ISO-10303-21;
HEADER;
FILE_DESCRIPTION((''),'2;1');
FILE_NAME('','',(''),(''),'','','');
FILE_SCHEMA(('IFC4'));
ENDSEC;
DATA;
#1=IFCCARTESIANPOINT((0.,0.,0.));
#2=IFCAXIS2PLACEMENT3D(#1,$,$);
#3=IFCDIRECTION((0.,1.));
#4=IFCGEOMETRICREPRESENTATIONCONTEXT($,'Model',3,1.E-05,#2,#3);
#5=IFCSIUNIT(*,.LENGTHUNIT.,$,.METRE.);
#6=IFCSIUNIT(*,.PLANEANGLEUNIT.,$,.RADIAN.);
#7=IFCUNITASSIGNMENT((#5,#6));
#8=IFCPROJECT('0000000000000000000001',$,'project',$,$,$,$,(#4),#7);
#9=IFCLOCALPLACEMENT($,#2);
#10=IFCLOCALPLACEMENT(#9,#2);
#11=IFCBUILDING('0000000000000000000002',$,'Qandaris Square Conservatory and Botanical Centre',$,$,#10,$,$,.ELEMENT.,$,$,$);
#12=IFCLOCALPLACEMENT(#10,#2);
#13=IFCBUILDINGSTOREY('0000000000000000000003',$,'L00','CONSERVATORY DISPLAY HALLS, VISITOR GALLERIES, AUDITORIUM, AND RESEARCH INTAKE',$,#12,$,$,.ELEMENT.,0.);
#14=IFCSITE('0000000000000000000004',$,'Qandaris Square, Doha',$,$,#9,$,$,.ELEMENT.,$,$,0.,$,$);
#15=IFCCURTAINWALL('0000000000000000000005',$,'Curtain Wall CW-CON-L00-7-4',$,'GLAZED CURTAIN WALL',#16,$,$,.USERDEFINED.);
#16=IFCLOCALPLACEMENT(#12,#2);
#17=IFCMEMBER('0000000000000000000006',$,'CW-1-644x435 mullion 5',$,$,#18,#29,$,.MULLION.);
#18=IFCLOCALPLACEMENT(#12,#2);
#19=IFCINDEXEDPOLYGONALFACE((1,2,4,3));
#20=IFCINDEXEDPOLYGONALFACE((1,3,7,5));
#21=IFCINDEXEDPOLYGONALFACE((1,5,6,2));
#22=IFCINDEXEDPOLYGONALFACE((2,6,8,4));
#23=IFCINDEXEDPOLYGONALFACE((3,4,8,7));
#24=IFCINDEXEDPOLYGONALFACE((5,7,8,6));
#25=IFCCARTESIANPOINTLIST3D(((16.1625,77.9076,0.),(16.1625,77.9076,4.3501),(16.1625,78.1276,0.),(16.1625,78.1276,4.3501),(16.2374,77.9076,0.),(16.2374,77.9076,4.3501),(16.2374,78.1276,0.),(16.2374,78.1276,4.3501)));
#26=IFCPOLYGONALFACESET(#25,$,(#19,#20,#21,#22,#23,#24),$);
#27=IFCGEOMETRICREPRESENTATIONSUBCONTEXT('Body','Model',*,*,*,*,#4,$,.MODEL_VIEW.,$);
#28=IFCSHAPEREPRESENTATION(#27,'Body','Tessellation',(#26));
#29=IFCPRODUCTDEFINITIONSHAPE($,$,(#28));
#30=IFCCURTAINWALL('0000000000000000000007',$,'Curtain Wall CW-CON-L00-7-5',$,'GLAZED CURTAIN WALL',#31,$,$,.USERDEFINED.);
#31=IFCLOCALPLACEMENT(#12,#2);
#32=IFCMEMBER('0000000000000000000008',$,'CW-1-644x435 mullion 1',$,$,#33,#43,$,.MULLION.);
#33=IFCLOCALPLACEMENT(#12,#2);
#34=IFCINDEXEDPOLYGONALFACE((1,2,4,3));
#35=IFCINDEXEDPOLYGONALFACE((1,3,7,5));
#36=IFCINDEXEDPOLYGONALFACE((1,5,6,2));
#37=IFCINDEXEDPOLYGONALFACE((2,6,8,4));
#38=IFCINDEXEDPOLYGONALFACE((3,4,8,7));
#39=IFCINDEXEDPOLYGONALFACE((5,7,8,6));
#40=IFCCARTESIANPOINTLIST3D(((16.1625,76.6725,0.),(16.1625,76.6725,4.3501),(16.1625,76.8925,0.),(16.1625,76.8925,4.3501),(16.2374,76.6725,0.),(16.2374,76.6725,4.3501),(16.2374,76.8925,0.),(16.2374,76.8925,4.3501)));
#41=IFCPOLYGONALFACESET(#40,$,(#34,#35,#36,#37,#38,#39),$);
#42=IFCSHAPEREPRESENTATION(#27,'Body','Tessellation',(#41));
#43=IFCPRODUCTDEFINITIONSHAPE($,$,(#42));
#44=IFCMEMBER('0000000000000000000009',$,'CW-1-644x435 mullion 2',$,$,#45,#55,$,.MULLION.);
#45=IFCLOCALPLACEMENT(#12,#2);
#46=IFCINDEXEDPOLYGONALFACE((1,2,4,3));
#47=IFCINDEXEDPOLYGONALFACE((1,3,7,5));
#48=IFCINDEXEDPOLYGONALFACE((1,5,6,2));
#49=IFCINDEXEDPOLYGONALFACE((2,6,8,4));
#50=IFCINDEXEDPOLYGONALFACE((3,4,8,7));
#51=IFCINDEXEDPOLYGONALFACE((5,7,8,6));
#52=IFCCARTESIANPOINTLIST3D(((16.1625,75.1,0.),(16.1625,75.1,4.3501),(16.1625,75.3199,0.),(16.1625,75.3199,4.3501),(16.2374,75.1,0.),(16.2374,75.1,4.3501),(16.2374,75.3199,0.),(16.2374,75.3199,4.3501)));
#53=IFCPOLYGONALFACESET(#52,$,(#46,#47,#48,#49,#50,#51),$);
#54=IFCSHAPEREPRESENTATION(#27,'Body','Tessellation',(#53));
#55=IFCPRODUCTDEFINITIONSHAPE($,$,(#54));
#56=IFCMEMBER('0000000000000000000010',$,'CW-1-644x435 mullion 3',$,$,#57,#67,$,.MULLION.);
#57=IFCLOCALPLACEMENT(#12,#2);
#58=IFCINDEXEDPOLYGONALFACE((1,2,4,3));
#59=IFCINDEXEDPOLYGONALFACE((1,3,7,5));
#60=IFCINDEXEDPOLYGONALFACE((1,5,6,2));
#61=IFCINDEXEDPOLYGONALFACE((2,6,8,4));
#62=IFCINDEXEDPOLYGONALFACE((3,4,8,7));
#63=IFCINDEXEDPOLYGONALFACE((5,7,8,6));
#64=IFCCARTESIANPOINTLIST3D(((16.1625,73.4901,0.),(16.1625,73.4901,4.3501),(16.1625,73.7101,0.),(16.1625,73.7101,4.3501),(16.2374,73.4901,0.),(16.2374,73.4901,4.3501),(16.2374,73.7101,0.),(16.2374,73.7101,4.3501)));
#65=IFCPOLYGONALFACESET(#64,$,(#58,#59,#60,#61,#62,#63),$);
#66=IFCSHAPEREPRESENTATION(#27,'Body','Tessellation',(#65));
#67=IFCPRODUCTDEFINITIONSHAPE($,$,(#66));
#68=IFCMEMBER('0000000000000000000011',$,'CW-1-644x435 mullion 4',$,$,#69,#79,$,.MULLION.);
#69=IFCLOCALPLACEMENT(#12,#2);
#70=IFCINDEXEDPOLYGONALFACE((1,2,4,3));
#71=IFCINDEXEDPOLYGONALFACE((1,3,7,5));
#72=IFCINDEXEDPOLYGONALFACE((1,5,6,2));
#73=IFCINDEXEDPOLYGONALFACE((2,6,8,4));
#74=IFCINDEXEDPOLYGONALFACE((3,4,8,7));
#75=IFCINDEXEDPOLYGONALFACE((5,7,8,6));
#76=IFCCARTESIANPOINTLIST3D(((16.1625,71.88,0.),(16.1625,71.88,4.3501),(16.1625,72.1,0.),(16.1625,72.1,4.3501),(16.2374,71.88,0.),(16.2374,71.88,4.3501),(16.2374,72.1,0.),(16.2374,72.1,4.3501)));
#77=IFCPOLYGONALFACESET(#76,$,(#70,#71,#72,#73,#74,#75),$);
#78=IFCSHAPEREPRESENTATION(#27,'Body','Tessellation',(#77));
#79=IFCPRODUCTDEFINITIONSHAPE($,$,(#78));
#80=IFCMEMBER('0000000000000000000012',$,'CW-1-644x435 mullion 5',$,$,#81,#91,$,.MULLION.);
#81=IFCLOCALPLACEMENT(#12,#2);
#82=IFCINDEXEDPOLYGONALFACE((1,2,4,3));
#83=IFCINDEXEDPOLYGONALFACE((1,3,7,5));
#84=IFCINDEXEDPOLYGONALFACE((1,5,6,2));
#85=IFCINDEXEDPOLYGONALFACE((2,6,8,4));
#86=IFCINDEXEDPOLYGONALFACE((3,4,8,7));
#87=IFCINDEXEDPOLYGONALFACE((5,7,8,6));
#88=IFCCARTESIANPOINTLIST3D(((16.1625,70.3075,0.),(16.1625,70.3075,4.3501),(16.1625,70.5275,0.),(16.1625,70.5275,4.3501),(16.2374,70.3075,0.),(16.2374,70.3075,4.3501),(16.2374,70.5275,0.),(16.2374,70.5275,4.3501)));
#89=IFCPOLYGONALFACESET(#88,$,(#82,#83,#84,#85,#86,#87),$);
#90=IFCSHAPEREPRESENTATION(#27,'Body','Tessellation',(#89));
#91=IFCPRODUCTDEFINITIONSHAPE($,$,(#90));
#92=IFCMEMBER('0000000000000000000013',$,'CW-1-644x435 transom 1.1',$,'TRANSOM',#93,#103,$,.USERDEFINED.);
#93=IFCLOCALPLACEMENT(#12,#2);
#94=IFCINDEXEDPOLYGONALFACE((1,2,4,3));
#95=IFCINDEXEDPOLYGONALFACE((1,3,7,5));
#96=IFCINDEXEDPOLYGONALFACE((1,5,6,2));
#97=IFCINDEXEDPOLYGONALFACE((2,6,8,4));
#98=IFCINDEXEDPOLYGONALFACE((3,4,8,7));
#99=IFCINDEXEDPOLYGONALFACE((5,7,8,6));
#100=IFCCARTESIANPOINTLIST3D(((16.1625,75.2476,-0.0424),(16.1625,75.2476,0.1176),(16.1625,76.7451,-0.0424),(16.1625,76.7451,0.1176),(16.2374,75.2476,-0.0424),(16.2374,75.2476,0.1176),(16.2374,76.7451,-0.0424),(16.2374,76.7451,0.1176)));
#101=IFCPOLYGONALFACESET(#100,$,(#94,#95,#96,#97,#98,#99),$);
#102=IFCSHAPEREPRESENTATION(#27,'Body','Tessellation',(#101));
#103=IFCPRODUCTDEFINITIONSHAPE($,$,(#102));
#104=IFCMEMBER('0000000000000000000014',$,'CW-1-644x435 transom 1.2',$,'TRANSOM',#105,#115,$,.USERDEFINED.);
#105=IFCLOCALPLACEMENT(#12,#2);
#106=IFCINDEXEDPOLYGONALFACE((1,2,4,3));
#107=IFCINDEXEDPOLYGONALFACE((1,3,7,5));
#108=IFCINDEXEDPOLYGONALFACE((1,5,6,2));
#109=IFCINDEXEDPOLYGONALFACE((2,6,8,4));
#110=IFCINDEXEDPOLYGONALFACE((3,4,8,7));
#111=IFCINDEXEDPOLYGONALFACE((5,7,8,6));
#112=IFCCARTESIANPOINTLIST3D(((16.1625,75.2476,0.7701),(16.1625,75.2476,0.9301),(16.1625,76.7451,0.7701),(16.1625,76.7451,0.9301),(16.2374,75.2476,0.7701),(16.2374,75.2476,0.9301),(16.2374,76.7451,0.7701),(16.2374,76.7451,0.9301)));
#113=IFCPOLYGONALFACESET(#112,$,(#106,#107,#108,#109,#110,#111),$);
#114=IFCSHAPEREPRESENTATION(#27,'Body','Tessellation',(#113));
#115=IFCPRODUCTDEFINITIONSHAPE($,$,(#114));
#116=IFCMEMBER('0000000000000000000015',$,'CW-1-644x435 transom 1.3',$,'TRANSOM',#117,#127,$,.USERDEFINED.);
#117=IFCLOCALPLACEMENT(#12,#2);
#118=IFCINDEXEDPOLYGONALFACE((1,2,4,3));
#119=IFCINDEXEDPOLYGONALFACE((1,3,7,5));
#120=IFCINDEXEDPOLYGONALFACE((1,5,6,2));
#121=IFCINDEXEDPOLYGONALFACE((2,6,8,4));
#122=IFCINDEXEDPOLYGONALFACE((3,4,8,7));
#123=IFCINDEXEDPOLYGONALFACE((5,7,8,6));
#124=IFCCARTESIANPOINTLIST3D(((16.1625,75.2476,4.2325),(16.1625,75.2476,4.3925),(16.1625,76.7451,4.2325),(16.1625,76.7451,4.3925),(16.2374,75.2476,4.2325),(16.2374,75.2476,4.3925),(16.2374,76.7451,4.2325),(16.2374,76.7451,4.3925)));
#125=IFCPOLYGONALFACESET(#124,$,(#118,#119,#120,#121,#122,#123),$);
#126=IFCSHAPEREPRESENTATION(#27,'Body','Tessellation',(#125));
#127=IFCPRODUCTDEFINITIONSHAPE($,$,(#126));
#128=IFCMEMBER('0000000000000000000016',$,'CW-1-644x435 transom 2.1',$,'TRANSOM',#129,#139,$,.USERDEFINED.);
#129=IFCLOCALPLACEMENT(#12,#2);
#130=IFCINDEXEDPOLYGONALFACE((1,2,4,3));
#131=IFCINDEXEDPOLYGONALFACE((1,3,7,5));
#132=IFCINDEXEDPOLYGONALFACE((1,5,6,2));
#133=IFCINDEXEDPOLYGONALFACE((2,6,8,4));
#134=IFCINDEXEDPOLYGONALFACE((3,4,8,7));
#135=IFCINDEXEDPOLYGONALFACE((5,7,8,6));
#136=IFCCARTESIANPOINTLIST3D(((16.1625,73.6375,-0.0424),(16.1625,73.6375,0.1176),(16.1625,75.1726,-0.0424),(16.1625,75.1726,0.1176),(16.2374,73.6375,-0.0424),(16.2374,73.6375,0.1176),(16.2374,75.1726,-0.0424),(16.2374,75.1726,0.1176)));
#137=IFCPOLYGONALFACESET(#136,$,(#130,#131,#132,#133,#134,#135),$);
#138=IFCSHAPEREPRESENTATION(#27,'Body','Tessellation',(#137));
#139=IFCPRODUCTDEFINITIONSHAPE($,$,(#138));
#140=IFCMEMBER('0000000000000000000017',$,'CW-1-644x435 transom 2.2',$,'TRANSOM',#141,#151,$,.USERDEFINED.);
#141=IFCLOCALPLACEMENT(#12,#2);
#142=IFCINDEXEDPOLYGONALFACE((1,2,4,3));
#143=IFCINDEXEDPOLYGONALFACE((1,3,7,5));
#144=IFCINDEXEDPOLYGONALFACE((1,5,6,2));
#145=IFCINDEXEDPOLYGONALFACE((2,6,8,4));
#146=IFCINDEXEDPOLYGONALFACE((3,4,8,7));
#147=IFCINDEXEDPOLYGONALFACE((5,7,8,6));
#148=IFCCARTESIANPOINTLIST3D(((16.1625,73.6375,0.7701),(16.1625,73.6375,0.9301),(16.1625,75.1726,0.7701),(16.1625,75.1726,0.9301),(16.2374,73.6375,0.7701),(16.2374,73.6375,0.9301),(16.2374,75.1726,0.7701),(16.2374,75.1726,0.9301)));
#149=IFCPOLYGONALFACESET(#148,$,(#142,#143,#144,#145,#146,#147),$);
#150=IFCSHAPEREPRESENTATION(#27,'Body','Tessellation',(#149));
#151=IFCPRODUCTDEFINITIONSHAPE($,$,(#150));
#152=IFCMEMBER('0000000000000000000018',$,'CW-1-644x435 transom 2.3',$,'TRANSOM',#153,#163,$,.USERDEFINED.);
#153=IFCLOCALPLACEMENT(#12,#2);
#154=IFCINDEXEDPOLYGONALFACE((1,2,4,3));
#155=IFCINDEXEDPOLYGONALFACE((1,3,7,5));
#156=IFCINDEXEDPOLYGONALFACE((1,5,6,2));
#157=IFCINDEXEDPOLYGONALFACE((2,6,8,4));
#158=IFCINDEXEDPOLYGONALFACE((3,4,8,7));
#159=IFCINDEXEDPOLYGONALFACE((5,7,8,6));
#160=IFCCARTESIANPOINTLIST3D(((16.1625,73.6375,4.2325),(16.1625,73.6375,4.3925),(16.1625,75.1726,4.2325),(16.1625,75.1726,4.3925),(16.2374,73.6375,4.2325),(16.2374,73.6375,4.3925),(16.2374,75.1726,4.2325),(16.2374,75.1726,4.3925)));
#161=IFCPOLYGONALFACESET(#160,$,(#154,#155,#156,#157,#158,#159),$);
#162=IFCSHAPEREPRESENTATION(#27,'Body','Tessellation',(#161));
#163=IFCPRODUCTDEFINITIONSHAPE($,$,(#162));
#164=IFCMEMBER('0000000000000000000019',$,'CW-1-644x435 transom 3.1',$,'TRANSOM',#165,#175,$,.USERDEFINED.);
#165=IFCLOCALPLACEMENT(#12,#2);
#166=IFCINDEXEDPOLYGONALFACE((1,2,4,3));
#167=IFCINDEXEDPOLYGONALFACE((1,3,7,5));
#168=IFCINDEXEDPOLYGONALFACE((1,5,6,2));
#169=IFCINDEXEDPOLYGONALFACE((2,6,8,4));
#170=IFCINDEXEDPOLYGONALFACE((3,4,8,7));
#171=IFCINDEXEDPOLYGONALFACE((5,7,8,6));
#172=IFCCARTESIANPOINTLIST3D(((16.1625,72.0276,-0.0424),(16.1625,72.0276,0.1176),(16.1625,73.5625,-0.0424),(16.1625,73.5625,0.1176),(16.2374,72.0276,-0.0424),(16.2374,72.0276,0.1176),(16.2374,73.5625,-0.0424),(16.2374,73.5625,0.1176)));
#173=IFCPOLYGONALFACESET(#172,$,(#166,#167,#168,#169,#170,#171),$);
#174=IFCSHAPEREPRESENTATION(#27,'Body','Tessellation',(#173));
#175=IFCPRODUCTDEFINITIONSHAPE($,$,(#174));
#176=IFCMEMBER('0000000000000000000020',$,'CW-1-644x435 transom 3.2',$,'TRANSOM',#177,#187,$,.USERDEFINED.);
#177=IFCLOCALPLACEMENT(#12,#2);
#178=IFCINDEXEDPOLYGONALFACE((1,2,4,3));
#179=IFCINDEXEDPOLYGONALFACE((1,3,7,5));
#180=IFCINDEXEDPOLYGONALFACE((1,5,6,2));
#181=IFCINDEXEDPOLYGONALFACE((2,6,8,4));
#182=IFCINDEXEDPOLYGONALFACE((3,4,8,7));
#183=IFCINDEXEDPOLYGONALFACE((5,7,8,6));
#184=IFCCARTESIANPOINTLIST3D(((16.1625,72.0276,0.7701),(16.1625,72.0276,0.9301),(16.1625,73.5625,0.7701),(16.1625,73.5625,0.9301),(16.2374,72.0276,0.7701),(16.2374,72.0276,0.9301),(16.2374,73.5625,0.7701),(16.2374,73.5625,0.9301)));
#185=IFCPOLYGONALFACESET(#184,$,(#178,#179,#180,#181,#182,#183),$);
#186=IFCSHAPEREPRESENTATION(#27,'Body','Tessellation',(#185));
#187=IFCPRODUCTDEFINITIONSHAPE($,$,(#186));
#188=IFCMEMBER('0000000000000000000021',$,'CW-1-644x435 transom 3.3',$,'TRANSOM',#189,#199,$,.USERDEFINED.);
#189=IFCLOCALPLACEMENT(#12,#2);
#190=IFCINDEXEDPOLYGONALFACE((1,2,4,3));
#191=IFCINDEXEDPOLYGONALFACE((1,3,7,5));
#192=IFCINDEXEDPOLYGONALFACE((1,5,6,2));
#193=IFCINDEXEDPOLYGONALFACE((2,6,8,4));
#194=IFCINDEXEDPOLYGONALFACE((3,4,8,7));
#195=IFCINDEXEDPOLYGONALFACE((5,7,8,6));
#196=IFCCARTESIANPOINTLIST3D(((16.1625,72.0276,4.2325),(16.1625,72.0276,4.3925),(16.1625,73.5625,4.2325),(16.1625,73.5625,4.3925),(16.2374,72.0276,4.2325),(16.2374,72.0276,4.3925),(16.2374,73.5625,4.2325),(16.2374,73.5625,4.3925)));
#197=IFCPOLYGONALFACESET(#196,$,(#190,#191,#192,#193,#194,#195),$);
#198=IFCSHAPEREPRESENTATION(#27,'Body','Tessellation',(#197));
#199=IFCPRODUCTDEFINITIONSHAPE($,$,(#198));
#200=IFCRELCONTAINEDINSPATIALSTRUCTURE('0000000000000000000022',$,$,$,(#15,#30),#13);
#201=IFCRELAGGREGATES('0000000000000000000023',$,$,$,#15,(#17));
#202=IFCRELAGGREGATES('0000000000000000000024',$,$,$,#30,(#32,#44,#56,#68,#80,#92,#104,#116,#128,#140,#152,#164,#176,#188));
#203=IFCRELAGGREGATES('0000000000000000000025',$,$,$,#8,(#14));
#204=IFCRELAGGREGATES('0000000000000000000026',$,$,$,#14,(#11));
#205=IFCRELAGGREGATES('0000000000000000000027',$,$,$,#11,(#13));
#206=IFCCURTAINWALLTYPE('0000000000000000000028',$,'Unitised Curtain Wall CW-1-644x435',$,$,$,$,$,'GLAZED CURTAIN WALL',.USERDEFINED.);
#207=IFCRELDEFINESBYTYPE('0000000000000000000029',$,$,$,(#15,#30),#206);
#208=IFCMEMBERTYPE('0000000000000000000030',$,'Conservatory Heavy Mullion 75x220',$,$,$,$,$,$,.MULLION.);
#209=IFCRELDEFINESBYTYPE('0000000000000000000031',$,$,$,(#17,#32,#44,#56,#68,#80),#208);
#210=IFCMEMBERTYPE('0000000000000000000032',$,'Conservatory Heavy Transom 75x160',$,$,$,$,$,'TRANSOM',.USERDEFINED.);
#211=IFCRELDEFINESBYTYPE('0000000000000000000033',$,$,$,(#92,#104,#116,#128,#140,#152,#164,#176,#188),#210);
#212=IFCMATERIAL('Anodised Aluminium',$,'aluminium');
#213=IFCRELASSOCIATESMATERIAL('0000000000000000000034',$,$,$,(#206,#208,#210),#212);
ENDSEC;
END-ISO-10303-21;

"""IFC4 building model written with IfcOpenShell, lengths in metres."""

from ifc_helpers import new_model, si_unit, direction, frame, origin, origin_2d, place, context, subcontext, project, spatial, rectangle, extrude, material, material_profile, profile_set, type_object, element, aggregate, save


model = new_model("IFC4")

# Units and contexts
model_context = context("Model", 3, precision=1e-05, world=origin(), true_north=direction((0.0, 1.0)))
body_context = subcontext(model_context, "Body", "Model", "MODEL_VIEW")
ifc_project = project(units=[si_unit("LENGTHUNIT", "METRE"), si_unit("PLANEANGLEUNIT", "RADIAN")], contexts=[model_context])

# Site, building, storey
site_placement = place(None, origin())
site = spatial("IfcSite", under=ifc_project, at=site_placement, Name="Qandaris Square, Doha", CompositionType="ELEMENT", RefElevation=0.0)
building_placement = place(site_placement, origin())
building = spatial("IfcBuilding", under=site, at=building_placement, Name="Qandaris Square Conservatory and Botanical Centre", CompositionType="ELEMENT")
storey_placement = place(building_placement, origin())
storey = spatial("IfcBuildingStorey", under=building, at=storey_placement, Name="L00", Description="CONSERVATORY DISPLAY HALLS, VISITOR GALLERIES, AUDITORIUM, AND RESEARCH INTAKE", CompositionType="ELEMENT", Elevation=0.0)

# Curtain wall, member
ifc_material_1 = material(Name="Anodised Aluminium", Category="aluminium")
curtain_wall_type = type_object("IfcCurtainWallType", Name="Unitised Curtain Wall CW-1-644x435", ElementType="GLAZED CURTAIN WALL", PredefinedType="USERDEFINED", material=ifc_material_1)
curtain_wall_1_placement = place(storey_placement, origin())
curtain_wall_1 = element("IfcCurtainWall", 1, at=curtain_wall_1_placement, inside=storey, type_object=curtain_wall_type, Name="Curtain Wall CW-CON-L00-7-4", ObjectType="GLAZED CURTAIN WALL", PredefinedType="USERDEFINED")
ifc_material_profile_1 = material_profile(ifc_material_1, rectangle(XDim=0.075, YDim=0.22, at=origin_2d()), Name="ALU-MUL 75x220")
ifc_profile_set_1 = profile_set([ifc_material_profile_1], Name="Anodised Aluminium")
member_type_1 = type_object("IfcMemberType", Name="Conservatory Heavy Mullion 75x220", PredefinedType="MULLION", material=ifc_profile_set_1)
member_1_placement = place(storey_placement, frame((16.2, 78.0176, 0.0), z_axis=(0.0, 0.0, 1.0), x_axis=(1.0, 0.0, 0.0)))
member_1 = element("IfcMember", 2, at=member_1_placement, type_object=member_type_1, Name="CW-1-644x435 mullion 5", PredefinedType="MULLION", context=body_context, shape_type="SweptSolid", body=[
    extrude(rectangle(XDim=0.075, YDim=0.22, at=origin_2d()), origin(), (0.0, 0.0, 1.0), 4.3501),
])
aggregate(curtain_wall_1, [member_1])

# Curtain wall, members
curtain_wall_2_placement = place(storey_placement, origin())
curtain_wall_2 = element("IfcCurtainWall", 3, at=curtain_wall_2_placement, inside=storey, type_object=curtain_wall_type, Name="Curtain Wall CW-CON-L00-7-5", ObjectType="GLAZED CURTAIN WALL", PredefinedType="USERDEFINED")
member_2_placement = place(storey_placement, frame((16.2, 76.7825, 0.0), z_axis=(0.0, 0.0, 1.0), x_axis=(1.0, 0.0, 0.0)))
member_2 = element("IfcMember", 4, at=member_2_placement, type_object=member_type_1, Name="CW-1-644x435 mullion 1", PredefinedType="MULLION", context=body_context, shape_type="SweptSolid", body=[
    extrude(rectangle(XDim=0.075, YDim=0.22, at=origin_2d()), origin(), (0.0, 0.0, 1.0), 4.3501),
])
member_3_placement = place(storey_placement, frame((16.2, 75.21, 0.0), z_axis=(0.0, 0.0, 1.0), x_axis=(1.0, 0.0, 0.0)))
member_3 = element("IfcMember", 5, at=member_3_placement, type_object=member_type_1, Name="CW-1-644x435 mullion 2", PredefinedType="MULLION", context=body_context, shape_type="SweptSolid", body=[
    extrude(rectangle(XDim=0.075, YDim=0.22, at=origin_2d()), origin(), (0.0, 0.0, 1.0), 4.3501),
])
member_4_placement = place(storey_placement, frame((16.2, 73.6001, 0.0), z_axis=(0.0, 0.0, 1.0), x_axis=(1.0, 0.0, 0.0)))
member_4 = element("IfcMember", 6, at=member_4_placement, type_object=member_type_1, Name="CW-1-644x435 mullion 3", PredefinedType="MULLION", context=body_context, shape_type="SweptSolid", body=[
    extrude(rectangle(XDim=0.075, YDim=0.22, at=origin_2d()), origin(), (0.0, 0.0, 1.0), 4.3501),
])
member_5_placement = place(storey_placement, frame((16.2, 71.99, 0.0), z_axis=(0.0, 0.0, 1.0), x_axis=(1.0, 0.0, 0.0)))
member_5 = element("IfcMember", 7, at=member_5_placement, type_object=member_type_1, Name="CW-1-644x435 mullion 4", PredefinedType="MULLION", context=body_context, shape_type="SweptSolid", body=[
    extrude(rectangle(XDim=0.075, YDim=0.22, at=origin_2d()), origin(), (0.0, 0.0, 1.0), 4.3501),
])
member_6_placement = place(storey_placement, frame((16.2, 70.4175, 0.0), z_axis=(0.0, 0.0, 1.0), x_axis=(1.0, 0.0, 0.0)))
member_6 = element("IfcMember", 8, at=member_6_placement, type_object=member_type_1, Name="CW-1-644x435 mullion 5", PredefinedType="MULLION", context=body_context, shape_type="SweptSolid", body=[
    extrude(rectangle(XDim=0.075, YDim=0.22, at=origin_2d()), origin(), (0.0, 0.0, 1.0), 4.3501),
])
ifc_material_profile_2 = material_profile(ifc_material_1, rectangle(XDim=0.075, YDim=0.1599, at=origin_2d()), Name="ALU-TRN 75x160")
ifc_profile_set_2 = profile_set([ifc_material_profile_2], Name="Anodised Aluminium")
member_type_2 = type_object("IfcMemberType", Name="Conservatory Heavy Transom 75x160", ElementType="TRANSOM", PredefinedType="USERDEFINED", material=ifc_profile_set_2)
member_7_placement = place(storey_placement, frame((16.2, 76.7451, 0.0376), z_axis=(0.0, -1.0, 0.0), x_axis=(1.0, 0.0, 0.0)))
member_7 = element("IfcMember", 9, at=member_7_placement, type_object=member_type_2, Name="CW-1-644x435 transom 1.1", ObjectType="TRANSOM", PredefinedType="USERDEFINED", context=body_context, shape_type="SweptSolid", body=[
    extrude(rectangle(XDim=0.075, YDim=0.1599, at=origin_2d()), origin(), (0.0, 0.0, 1.0), 1.4976),
])
member_8_placement = place(storey_placement, frame((16.2, 76.7451, 0.8501), z_axis=(0.0, -1.0, 0.0), x_axis=(1.0, 0.0, 0.0)))
member_8 = element("IfcMember", 10, at=member_8_placement, type_object=member_type_2, Name="CW-1-644x435 transom 1.2", ObjectType="TRANSOM", PredefinedType="USERDEFINED", context=body_context, shape_type="SweptSolid", body=[
    extrude(rectangle(XDim=0.075, YDim=0.1599, at=origin_2d()), origin(), (0.0, 0.0, 1.0), 1.4976),
])
member_9_placement = place(storey_placement, frame((16.2, 76.7451, 4.3125), z_axis=(0.0, -1.0, 0.0), x_axis=(1.0, 0.0, 0.0)))
member_9 = element("IfcMember", 11, at=member_9_placement, type_object=member_type_2, Name="CW-1-644x435 transom 1.3", ObjectType="TRANSOM", PredefinedType="USERDEFINED", context=body_context, shape_type="SweptSolid", body=[
    extrude(rectangle(XDim=0.075, YDim=0.1599, at=origin_2d()), origin(), (0.0, 0.0, 1.0), 1.4976),
])
member_10_placement = place(storey_placement, frame((16.2, 75.1726, 0.0376), z_axis=(0.0, -1.0, 0.0), x_axis=(1.0, 0.0, 0.0)))
member_10 = element("IfcMember", 12, at=member_10_placement, type_object=member_type_2, Name="CW-1-644x435 transom 2.1", ObjectType="TRANSOM", PredefinedType="USERDEFINED", context=body_context, shape_type="SweptSolid", body=[
    extrude(rectangle(XDim=0.075, YDim=0.1599, at=origin_2d()), origin(), (0.0, 0.0, 1.0), 1.5352),
])
member_11_placement = place(storey_placement, frame((16.2, 75.1726, 0.8501), z_axis=(0.0, -1.0, 0.0), x_axis=(1.0, 0.0, 0.0)))
member_11 = element("IfcMember", 13, at=member_11_placement, type_object=member_type_2, Name="CW-1-644x435 transom 2.2", ObjectType="TRANSOM", PredefinedType="USERDEFINED", context=body_context, shape_type="SweptSolid", body=[
    extrude(rectangle(XDim=0.075, YDim=0.1599, at=origin_2d()), origin(), (0.0, 0.0, 1.0), 1.5352),
])
member_12_placement = place(storey_placement, frame((16.2, 75.1726, 4.3125), z_axis=(0.0, -1.0, 0.0), x_axis=(1.0, 0.0, 0.0)))
member_12 = element("IfcMember", 14, at=member_12_placement, type_object=member_type_2, Name="CW-1-644x435 transom 2.3", ObjectType="TRANSOM", PredefinedType="USERDEFINED", context=body_context, shape_type="SweptSolid", body=[
    extrude(rectangle(XDim=0.075, YDim=0.1599, at=origin_2d()), origin(), (0.0, 0.0, 1.0), 1.5352),
])
member_13_placement = place(storey_placement, frame((16.2, 73.5625, 0.0376), z_axis=(0.0, -1.0, 0.0), x_axis=(1.0, 0.0, 0.0)))
member_13 = element("IfcMember", 15, at=member_13_placement, type_object=member_type_2, Name="CW-1-644x435 transom 3.1", ObjectType="TRANSOM", PredefinedType="USERDEFINED", context=body_context, shape_type="SweptSolid", body=[
    extrude(rectangle(XDim=0.075, YDim=0.1599, at=origin_2d()), origin(), (0.0, 0.0, 1.0), 1.5349),
])
member_14_placement = place(storey_placement, frame((16.2, 73.5625, 0.8501), z_axis=(0.0, -1.0, 0.0), x_axis=(1.0, 0.0, 0.0)))
member_14 = element("IfcMember", 16, at=member_14_placement, type_object=member_type_2, Name="CW-1-644x435 transom 3.2", ObjectType="TRANSOM", PredefinedType="USERDEFINED", context=body_context, shape_type="SweptSolid", body=[
    extrude(rectangle(XDim=0.075, YDim=0.1599, at=origin_2d()), origin(), (0.0, 0.0, 1.0), 1.5349),
])
member_15_placement = place(storey_placement, frame((16.2, 73.5625, 4.3125), z_axis=(0.0, -1.0, 0.0), x_axis=(1.0, 0.0, 0.0)))
member_15 = element("IfcMember", 17, at=member_15_placement, type_object=member_type_2, Name="CW-1-644x435 transom 3.3", ObjectType="TRANSOM", PredefinedType="USERDEFINED", context=body_context, shape_type="SweptSolid", body=[
    extrude(rectangle(XDim=0.075, YDim=0.1599, at=origin_2d()), origin(), (0.0, 0.0, 1.0), 1.5349),
])

aggregate(curtain_wall_2, [member_2, member_3, member_4, member_5, member_6, member_7, member_8, member_9, member_10, member_11, member_12, member_13, member_14, member_15])

save(model, "model.ifc")
